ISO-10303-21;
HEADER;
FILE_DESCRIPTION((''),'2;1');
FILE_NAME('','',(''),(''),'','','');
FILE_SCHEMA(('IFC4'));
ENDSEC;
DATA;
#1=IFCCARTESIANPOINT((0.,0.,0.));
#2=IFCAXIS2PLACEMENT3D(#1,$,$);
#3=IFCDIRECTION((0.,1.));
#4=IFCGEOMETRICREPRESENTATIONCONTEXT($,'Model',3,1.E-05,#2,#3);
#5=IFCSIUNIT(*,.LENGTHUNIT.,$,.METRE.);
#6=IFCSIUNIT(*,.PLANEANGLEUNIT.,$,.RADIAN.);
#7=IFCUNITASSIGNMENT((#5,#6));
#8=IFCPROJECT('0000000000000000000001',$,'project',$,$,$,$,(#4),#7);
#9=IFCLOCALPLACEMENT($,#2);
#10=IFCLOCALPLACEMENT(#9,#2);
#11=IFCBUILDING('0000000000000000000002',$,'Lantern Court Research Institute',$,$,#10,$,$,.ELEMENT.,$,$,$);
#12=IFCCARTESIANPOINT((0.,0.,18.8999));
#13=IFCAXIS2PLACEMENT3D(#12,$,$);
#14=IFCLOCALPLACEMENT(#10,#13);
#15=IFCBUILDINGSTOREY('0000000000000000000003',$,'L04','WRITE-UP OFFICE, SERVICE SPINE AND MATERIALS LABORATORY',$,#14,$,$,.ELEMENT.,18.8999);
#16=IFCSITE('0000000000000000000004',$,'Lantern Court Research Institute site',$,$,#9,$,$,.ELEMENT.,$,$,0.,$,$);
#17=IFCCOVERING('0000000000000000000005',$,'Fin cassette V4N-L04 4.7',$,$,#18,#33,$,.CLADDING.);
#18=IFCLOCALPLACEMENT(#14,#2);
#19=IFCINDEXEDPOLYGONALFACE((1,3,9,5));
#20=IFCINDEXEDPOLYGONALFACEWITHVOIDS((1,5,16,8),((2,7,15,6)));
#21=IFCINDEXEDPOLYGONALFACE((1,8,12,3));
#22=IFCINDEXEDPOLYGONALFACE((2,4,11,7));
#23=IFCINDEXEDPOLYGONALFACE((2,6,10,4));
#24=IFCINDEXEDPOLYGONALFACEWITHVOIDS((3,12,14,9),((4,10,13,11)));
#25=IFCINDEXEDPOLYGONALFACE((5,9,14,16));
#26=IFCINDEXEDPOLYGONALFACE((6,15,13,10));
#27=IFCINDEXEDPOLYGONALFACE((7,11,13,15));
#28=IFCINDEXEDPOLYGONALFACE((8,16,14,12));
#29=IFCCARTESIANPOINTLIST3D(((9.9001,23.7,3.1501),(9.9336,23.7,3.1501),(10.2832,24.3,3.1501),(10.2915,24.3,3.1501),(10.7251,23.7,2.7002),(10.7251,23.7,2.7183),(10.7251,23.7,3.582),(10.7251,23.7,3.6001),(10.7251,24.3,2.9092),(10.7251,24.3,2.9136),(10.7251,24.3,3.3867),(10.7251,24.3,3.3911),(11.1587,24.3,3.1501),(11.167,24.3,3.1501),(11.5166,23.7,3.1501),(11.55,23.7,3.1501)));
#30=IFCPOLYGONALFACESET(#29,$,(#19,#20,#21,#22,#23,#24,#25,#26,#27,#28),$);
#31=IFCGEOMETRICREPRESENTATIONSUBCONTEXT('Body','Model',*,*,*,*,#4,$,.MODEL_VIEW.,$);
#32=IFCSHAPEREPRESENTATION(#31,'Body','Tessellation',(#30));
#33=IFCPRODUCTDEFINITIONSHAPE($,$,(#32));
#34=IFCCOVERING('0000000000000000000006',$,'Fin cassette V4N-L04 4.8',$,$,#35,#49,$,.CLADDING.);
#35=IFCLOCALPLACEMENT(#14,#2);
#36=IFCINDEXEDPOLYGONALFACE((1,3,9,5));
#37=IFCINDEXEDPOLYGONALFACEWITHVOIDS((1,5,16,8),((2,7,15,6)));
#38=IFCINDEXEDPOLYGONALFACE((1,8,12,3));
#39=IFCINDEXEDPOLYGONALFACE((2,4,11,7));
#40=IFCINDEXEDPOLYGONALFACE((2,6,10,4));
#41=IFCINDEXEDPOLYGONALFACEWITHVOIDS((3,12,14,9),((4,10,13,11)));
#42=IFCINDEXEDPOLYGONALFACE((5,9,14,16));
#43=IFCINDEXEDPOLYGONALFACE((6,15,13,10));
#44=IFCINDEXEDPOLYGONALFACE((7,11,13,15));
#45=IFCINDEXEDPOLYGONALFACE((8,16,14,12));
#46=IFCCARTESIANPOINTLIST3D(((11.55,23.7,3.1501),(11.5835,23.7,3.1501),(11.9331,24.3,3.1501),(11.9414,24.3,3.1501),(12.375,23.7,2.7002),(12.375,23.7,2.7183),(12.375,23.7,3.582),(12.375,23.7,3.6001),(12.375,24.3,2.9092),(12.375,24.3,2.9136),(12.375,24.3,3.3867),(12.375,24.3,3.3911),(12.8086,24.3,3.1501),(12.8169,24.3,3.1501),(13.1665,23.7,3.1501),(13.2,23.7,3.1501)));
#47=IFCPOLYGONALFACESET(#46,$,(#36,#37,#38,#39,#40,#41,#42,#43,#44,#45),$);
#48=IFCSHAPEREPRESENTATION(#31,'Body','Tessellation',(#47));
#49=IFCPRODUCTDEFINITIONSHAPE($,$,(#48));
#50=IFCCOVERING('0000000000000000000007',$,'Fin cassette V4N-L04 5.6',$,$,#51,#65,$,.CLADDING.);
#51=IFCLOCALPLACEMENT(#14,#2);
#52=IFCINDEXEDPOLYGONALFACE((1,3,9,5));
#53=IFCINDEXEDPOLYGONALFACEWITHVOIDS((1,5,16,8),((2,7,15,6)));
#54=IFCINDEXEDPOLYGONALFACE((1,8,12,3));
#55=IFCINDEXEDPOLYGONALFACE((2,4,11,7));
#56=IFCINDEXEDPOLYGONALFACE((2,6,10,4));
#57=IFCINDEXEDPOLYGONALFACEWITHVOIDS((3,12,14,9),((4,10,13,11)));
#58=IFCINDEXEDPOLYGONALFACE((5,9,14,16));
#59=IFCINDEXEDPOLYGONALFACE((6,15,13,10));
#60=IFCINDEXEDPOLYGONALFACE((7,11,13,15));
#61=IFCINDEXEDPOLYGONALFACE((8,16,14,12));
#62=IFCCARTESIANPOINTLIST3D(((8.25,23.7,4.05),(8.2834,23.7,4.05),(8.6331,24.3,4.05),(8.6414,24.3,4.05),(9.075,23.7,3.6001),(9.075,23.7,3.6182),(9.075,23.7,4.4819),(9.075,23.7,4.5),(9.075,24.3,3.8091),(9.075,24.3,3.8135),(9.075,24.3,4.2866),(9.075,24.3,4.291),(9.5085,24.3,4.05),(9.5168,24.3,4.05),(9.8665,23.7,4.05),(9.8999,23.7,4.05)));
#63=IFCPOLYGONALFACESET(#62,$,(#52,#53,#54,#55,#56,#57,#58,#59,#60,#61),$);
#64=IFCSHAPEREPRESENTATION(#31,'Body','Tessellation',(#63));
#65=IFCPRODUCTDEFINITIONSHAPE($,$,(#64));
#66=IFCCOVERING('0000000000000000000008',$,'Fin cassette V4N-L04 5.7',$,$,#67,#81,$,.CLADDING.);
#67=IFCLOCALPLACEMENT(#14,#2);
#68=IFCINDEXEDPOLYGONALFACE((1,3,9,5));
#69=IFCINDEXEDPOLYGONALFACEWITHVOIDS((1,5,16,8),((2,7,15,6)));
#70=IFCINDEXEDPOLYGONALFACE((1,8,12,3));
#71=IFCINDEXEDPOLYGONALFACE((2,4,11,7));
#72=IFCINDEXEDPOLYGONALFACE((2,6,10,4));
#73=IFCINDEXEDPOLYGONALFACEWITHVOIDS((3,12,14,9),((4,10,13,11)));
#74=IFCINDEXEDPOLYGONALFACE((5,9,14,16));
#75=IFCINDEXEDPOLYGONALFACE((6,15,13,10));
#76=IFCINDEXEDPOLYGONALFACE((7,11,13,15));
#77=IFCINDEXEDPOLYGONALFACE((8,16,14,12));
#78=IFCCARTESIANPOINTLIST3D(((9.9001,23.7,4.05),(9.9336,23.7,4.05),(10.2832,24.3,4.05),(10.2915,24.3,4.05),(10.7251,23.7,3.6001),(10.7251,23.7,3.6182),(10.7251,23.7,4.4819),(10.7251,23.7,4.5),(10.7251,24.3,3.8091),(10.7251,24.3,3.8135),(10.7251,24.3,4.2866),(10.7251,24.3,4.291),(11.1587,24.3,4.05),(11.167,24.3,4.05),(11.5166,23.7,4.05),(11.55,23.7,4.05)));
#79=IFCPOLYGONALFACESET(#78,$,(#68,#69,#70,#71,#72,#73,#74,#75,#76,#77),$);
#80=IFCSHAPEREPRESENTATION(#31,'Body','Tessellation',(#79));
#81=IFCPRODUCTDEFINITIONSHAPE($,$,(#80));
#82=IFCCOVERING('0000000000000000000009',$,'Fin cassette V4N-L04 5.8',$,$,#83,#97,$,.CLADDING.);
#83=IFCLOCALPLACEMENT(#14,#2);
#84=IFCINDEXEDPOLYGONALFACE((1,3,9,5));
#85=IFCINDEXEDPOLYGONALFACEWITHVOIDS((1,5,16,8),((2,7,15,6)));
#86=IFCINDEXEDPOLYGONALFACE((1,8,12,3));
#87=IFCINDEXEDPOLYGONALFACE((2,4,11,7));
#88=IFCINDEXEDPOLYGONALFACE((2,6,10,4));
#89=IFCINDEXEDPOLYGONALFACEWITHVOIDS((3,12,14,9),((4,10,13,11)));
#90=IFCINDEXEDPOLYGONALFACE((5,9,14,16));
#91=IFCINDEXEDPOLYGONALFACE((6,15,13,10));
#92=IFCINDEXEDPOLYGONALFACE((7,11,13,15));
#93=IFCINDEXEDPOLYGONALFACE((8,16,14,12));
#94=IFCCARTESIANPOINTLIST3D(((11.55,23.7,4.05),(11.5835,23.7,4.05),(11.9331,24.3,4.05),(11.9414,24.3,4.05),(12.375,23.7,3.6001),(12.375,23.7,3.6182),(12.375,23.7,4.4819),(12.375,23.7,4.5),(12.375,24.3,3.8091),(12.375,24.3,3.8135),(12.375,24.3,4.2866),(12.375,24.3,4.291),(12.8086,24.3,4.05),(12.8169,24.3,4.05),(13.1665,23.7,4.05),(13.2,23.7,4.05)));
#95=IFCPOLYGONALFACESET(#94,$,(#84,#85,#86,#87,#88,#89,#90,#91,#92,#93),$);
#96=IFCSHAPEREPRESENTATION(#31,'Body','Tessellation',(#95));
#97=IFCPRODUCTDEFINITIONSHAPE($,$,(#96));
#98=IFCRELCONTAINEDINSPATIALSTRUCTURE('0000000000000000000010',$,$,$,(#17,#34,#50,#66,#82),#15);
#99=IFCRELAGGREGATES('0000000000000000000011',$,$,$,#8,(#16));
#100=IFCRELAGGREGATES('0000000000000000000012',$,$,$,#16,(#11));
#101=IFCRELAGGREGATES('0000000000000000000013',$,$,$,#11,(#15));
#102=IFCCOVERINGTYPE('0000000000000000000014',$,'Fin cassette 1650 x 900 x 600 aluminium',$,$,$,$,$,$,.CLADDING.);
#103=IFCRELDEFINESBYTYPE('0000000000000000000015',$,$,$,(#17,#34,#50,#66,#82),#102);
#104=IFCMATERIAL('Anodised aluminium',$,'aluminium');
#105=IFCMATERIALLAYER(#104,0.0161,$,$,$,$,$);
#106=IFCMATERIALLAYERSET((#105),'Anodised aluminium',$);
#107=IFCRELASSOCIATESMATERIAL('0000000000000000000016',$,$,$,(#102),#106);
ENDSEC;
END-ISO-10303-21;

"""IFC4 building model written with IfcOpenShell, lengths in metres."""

from ifc_helpers import new_model, entity, si_unit, direction, frame, origin, place, context, subcontext, project, spatial, material, layer, layer_set, type_object, element, save


model = new_model("IFC4")

# Units and contexts
model_context = context("Model", 3, precision=1e-05, world=origin(), true_north=direction((0.0, 1.0)))
body_context = subcontext(model_context, "Body", "Model", "MODEL_VIEW")
ifc_project = project(units=[si_unit("LENGTHUNIT", "METRE"), si_unit("PLANEANGLEUNIT", "RADIAN")], contexts=[model_context])

# Site, building, storey
site_placement = place(None, origin())
site = spatial("IfcSite", under=ifc_project, at=site_placement, Name="Lantern Court Research Institute site", CompositionType="ELEMENT", RefElevation=0.0)
building_placement = place(site_placement, origin())
building = spatial("IfcBuilding", under=site, at=building_placement, Name="Lantern Court Research Institute", CompositionType="ELEMENT")
storey_placement = place(building_placement, frame((0.0, 0.0, 18.8999)))
storey = spatial("IfcBuildingStorey", under=building, at=storey_placement, Name="L04", Description="WRITE-UP OFFICE, SERVICE SPINE AND MATERIALS LABORATORY", CompositionType="ELEMENT", Elevation=18.8999)

# Coverings
ifc_material_1 = material(Name="Anodised aluminium", Category="aluminium")
ifc_layer_1 = layer(ifc_material_1, 0.0161)
ifc_layer_set_1 = layer_set([ifc_layer_1], Name="Anodised aluminium")
covering_type = type_object("IfcCoveringType", Name="Fin cassette 1650 x 900 x 600 aluminium", PredefinedType="CLADDING", material=ifc_layer_set_1)
covering_1_placement = place(storey_placement, frame((10.7251, 23.7, 3.1501), z_axis=(0.0, 1.0, 0.0), x_axis=(-1.0, 0.0, 0.0)))
cartesian_point_1 = entity("IfcCartesianPoint", [0.825, 0.0])
cartesian_point_2 = entity("IfcCartesianPoint", [0.7915, 0.0])
cartesian_point_3 = entity("IfcCartesianPoint", [0.4419, 0.0])
cartesian_point_4 = entity("IfcCartesianPoint", [0.4336, 0.0])
element("IfcCovering", 1, at=covering_1_placement, inside=storey, type_object=covering_type, Name="Fin cassette V4N-L04 4.7", PredefinedType="CLADDING", context=body_context, shape_type="SweptSolid", body=[
    entity("IfcExtrudedAreaSolidTapered", entity("IfcArbitraryProfileDefWithVoids", "AREA", None, entity("IfcPolyline", [cartesian_point_1, entity("IfcCartesianPoint", [0.0, 0.45]), entity("IfcCartesianPoint", [-0.825, 0.0]), entity("IfcCartesianPoint", [0.0, -0.45]), cartesian_point_1]), [entity("IfcPolyline", [cartesian_point_2, entity("IfcCartesianPoint", [0.0, 0.4319]), entity("IfcCartesianPoint", [-0.7915, 0.0]), entity("IfcCartesianPoint", [0.0, -0.4319]), cartesian_point_2])]), entity("IfcAxis2Placement3D", entity("IfcCartesianPoint", [0.0, 0.0, 0.0])), entity("IfcDirection", [0.0, 0.0, 1.0]), 0.6001, entity("IfcArbitraryProfileDefWithVoids", "AREA", None, entity("IfcPolyline", [cartesian_point_3, entity("IfcCartesianPoint", [0.0, 0.241]), entity("IfcCartesianPoint", [-0.4419, 0.0]), entity("IfcCartesianPoint", [0.0, -0.241]), cartesian_point_3]), [entity("IfcPolyline", [cartesian_point_4, entity("IfcCartesianPoint", [0.0, 0.2366]), entity("IfcCartesianPoint", [-0.4336, 0.0]), entity("IfcCartesianPoint", [0.0, -0.2366]), cartesian_point_4])])),
])
covering_2_placement = place(storey_placement, frame((12.375, 23.7, 3.1501), z_axis=(0.0, 1.0, 0.0), x_axis=(-1.0, 0.0, 0.0)))
cartesian_point_5 = entity("IfcCartesianPoint", [0.825, 0.0])
cartesian_point_6 = entity("IfcCartesianPoint", [0.7915, 0.0])
cartesian_point_7 = entity("IfcCartesianPoint", [0.4419, 0.0])
cartesian_point_8 = entity("IfcCartesianPoint", [0.4336, 0.0])
element("IfcCovering", 2, at=covering_2_placement, inside=storey, type_object=covering_type, Name="Fin cassette V4N-L04 4.8", PredefinedType="CLADDING", context=body_context, shape_type="SweptSolid", body=[
    entity("IfcExtrudedAreaSolidTapered", entity("IfcArbitraryProfileDefWithVoids", "AREA", None, entity("IfcPolyline", [cartesian_point_5, entity("IfcCartesianPoint", [0.0, 0.45]), entity("IfcCartesianPoint", [-0.825, 0.0]), entity("IfcCartesianPoint", [0.0, -0.45]), cartesian_point_5]), [entity("IfcPolyline", [cartesian_point_6, entity("IfcCartesianPoint", [0.0, 0.4319]), entity("IfcCartesianPoint", [-0.7915, 0.0]), entity("IfcCartesianPoint", [0.0, -0.4319]), cartesian_point_6])]), entity("IfcAxis2Placement3D", entity("IfcCartesianPoint", [0.0, 0.0, 0.0])), entity("IfcDirection", [0.0, 0.0, 1.0]), 0.6001, entity("IfcArbitraryProfileDefWithVoids", "AREA", None, entity("IfcPolyline", [cartesian_point_7, entity("IfcCartesianPoint", [0.0, 0.241]), entity("IfcCartesianPoint", [-0.4419, 0.0]), entity("IfcCartesianPoint", [0.0, -0.241]), cartesian_point_7]), [entity("IfcPolyline", [cartesian_point_8, entity("IfcCartesianPoint", [0.0, 0.2366]), entity("IfcCartesianPoint", [-0.4336, 0.0]), entity("IfcCartesianPoint", [0.0, -0.2366]), cartesian_point_8])])),
])
covering_3_placement = place(storey_placement, frame((9.075, 23.7, 4.05), z_axis=(0.0, 1.0, 0.0), x_axis=(-1.0, 0.0, 0.0)))
cartesian_point_9 = entity("IfcCartesianPoint", [0.825, 0.0])
cartesian_point_10 = entity("IfcCartesianPoint", [0.7915, 0.0])
cartesian_point_11 = entity("IfcCartesianPoint", [0.4419, 0.0])
cartesian_point_12 = entity("IfcCartesianPoint", [0.4336, 0.0])
element("IfcCovering", 3, at=covering_3_placement, inside=storey, type_object=covering_type, Name="Fin cassette V4N-L04 5.6", PredefinedType="CLADDING", context=body_context, shape_type="SweptSolid", body=[
    entity("IfcExtrudedAreaSolidTapered", entity("IfcArbitraryProfileDefWithVoids", "AREA", None, entity("IfcPolyline", [cartesian_point_9, entity("IfcCartesianPoint", [0.0, 0.45]), entity("IfcCartesianPoint", [-0.825, 0.0]), entity("IfcCartesianPoint", [0.0, -0.45]), cartesian_point_9]), [entity("IfcPolyline", [cartesian_point_10, entity("IfcCartesianPoint", [0.0, 0.4319]), entity("IfcCartesianPoint", [-0.7915, 0.0]), entity("IfcCartesianPoint", [0.0, -0.4319]), cartesian_point_10])]), entity("IfcAxis2Placement3D", entity("IfcCartesianPoint", [0.0, 0.0, 0.0])), entity("IfcDirection", [0.0, 0.0, 1.0]), 0.6001, entity("IfcArbitraryProfileDefWithVoids", "AREA", None, entity("IfcPolyline", [cartesian_point_11, entity("IfcCartesianPoint", [0.0, 0.241]), entity("IfcCartesianPoint", [-0.4419, 0.0]), entity("IfcCartesianPoint", [0.0, -0.241]), cartesian_point_11]), [entity("IfcPolyline", [cartesian_point_12, entity("IfcCartesianPoint", [0.0, 0.2366]), entity("IfcCartesianPoint", [-0.4336, 0.0]), entity("IfcCartesianPoint", [0.0, -0.2366]), cartesian_point_12])])),
])
covering_4_placement = place(storey_placement, frame((10.7251, 23.7, 4.05), z_axis=(0.0, 1.0, 0.0), x_axis=(-1.0, 0.0, 0.0)))
cartesian_point_13 = entity("IfcCartesianPoint", [0.825, 0.0])
cartesian_point_14 = entity("IfcCartesianPoint", [0.7915, 0.0])
cartesian_point_15 = entity("IfcCartesianPoint", [0.4419, 0.0])
cartesian_point_16 = entity("IfcCartesianPoint", [0.4336, 0.0])
element("IfcCovering", 4, at=covering_4_placement, inside=storey, type_object=covering_type, Name="Fin cassette V4N-L04 5.7", PredefinedType="CLADDING", context=body_context, shape_type="SweptSolid", body=[
    entity("IfcExtrudedAreaSolidTapered", entity("IfcArbitraryProfileDefWithVoids", "AREA", None, entity("IfcPolyline", [cartesian_point_13, entity("IfcCartesianPoint", [0.0, 0.45]), entity("IfcCartesianPoint", [-0.825, 0.0]), entity("IfcCartesianPoint", [0.0, -0.45]), cartesian_point_13]), [entity("IfcPolyline", [cartesian_point_14, entity("IfcCartesianPoint", [0.0, 0.4319]), entity("IfcCartesianPoint", [-0.7915, 0.0]), entity("IfcCartesianPoint", [0.0, -0.4319]), cartesian_point_14])]), entity("IfcAxis2Placement3D", entity("IfcCartesianPoint", [0.0, 0.0, 0.0])), entity("IfcDirection", [0.0, 0.0, 1.0]), 0.6001, entity("IfcArbitraryProfileDefWithVoids", "AREA", None, entity("IfcPolyline", [cartesian_point_15, entity("IfcCartesianPoint", [0.0, 0.241]), entity("IfcCartesianPoint", [-0.4419, 0.0]), entity("IfcCartesianPoint", [0.0, -0.241]), cartesian_point_15]), [entity("IfcPolyline", [cartesian_point_16, entity("IfcCartesianPoint", [0.0, 0.2366]), entity("IfcCartesianPoint", [-0.4336, 0.0]), entity("IfcCartesianPoint", [0.0, -0.2366]), cartesian_point_16])])),
])
covering_5_placement = place(storey_placement, frame((12.375, 23.7, 4.05), z_axis=(0.0, 1.0, 0.0), x_axis=(-1.0, 0.0, 0.0)))
cartesian_point_17 = entity("IfcCartesianPoint", [0.825, 0.0])
cartesian_point_18 = entity("IfcCartesianPoint", [0.7915, 0.0])
cartesian_point_19 = entity("IfcCartesianPoint", [0.4419, 0.0])
cartesian_point_20 = entity("IfcCartesianPoint", [0.4336, 0.0])
element("IfcCovering", 5, at=covering_5_placement, inside=storey, type_object=covering_type, Name="Fin cassette V4N-L04 5.8", PredefinedType="CLADDING", context=body_context, shape_type="SweptSolid", body=[
    entity("IfcExtrudedAreaSolidTapered", entity("IfcArbitraryProfileDefWithVoids", "AREA", None, entity("IfcPolyline", [cartesian_point_17, entity("IfcCartesianPoint", [0.0, 0.45]), entity("IfcCartesianPoint", [-0.825, 0.0]), entity("IfcCartesianPoint", [0.0, -0.45]), cartesian_point_17]), [entity("IfcPolyline", [cartesian_point_18, entity("IfcCartesianPoint", [0.0, 0.4319]), entity("IfcCartesianPoint", [-0.7915, 0.0]), entity("IfcCartesianPoint", [0.0, -0.4319]), cartesian_point_18])]), entity("IfcAxis2Placement3D", entity("IfcCartesianPoint", [0.0, 0.0, 0.0])), entity("IfcDirection", [0.0, 0.0, 1.0]), 0.6001, entity("IfcArbitraryProfileDefWithVoids", "AREA", None, entity("IfcPolyline", [cartesian_point_19, entity("IfcCartesianPoint", [0.0, 0.241]), entity("IfcCartesianPoint", [-0.4419, 0.0]), entity("IfcCartesianPoint", [0.0, -0.241]), cartesian_point_19]), [entity("IfcPolyline", [cartesian_point_20, entity("IfcCartesianPoint", [0.0, 0.2366]), entity("IfcCartesianPoint", [-0.4336, 0.0]), entity("IfcCartesianPoint", [0.0, -0.2366]), cartesian_point_20])])),
])

save(model, "model.ifc")
